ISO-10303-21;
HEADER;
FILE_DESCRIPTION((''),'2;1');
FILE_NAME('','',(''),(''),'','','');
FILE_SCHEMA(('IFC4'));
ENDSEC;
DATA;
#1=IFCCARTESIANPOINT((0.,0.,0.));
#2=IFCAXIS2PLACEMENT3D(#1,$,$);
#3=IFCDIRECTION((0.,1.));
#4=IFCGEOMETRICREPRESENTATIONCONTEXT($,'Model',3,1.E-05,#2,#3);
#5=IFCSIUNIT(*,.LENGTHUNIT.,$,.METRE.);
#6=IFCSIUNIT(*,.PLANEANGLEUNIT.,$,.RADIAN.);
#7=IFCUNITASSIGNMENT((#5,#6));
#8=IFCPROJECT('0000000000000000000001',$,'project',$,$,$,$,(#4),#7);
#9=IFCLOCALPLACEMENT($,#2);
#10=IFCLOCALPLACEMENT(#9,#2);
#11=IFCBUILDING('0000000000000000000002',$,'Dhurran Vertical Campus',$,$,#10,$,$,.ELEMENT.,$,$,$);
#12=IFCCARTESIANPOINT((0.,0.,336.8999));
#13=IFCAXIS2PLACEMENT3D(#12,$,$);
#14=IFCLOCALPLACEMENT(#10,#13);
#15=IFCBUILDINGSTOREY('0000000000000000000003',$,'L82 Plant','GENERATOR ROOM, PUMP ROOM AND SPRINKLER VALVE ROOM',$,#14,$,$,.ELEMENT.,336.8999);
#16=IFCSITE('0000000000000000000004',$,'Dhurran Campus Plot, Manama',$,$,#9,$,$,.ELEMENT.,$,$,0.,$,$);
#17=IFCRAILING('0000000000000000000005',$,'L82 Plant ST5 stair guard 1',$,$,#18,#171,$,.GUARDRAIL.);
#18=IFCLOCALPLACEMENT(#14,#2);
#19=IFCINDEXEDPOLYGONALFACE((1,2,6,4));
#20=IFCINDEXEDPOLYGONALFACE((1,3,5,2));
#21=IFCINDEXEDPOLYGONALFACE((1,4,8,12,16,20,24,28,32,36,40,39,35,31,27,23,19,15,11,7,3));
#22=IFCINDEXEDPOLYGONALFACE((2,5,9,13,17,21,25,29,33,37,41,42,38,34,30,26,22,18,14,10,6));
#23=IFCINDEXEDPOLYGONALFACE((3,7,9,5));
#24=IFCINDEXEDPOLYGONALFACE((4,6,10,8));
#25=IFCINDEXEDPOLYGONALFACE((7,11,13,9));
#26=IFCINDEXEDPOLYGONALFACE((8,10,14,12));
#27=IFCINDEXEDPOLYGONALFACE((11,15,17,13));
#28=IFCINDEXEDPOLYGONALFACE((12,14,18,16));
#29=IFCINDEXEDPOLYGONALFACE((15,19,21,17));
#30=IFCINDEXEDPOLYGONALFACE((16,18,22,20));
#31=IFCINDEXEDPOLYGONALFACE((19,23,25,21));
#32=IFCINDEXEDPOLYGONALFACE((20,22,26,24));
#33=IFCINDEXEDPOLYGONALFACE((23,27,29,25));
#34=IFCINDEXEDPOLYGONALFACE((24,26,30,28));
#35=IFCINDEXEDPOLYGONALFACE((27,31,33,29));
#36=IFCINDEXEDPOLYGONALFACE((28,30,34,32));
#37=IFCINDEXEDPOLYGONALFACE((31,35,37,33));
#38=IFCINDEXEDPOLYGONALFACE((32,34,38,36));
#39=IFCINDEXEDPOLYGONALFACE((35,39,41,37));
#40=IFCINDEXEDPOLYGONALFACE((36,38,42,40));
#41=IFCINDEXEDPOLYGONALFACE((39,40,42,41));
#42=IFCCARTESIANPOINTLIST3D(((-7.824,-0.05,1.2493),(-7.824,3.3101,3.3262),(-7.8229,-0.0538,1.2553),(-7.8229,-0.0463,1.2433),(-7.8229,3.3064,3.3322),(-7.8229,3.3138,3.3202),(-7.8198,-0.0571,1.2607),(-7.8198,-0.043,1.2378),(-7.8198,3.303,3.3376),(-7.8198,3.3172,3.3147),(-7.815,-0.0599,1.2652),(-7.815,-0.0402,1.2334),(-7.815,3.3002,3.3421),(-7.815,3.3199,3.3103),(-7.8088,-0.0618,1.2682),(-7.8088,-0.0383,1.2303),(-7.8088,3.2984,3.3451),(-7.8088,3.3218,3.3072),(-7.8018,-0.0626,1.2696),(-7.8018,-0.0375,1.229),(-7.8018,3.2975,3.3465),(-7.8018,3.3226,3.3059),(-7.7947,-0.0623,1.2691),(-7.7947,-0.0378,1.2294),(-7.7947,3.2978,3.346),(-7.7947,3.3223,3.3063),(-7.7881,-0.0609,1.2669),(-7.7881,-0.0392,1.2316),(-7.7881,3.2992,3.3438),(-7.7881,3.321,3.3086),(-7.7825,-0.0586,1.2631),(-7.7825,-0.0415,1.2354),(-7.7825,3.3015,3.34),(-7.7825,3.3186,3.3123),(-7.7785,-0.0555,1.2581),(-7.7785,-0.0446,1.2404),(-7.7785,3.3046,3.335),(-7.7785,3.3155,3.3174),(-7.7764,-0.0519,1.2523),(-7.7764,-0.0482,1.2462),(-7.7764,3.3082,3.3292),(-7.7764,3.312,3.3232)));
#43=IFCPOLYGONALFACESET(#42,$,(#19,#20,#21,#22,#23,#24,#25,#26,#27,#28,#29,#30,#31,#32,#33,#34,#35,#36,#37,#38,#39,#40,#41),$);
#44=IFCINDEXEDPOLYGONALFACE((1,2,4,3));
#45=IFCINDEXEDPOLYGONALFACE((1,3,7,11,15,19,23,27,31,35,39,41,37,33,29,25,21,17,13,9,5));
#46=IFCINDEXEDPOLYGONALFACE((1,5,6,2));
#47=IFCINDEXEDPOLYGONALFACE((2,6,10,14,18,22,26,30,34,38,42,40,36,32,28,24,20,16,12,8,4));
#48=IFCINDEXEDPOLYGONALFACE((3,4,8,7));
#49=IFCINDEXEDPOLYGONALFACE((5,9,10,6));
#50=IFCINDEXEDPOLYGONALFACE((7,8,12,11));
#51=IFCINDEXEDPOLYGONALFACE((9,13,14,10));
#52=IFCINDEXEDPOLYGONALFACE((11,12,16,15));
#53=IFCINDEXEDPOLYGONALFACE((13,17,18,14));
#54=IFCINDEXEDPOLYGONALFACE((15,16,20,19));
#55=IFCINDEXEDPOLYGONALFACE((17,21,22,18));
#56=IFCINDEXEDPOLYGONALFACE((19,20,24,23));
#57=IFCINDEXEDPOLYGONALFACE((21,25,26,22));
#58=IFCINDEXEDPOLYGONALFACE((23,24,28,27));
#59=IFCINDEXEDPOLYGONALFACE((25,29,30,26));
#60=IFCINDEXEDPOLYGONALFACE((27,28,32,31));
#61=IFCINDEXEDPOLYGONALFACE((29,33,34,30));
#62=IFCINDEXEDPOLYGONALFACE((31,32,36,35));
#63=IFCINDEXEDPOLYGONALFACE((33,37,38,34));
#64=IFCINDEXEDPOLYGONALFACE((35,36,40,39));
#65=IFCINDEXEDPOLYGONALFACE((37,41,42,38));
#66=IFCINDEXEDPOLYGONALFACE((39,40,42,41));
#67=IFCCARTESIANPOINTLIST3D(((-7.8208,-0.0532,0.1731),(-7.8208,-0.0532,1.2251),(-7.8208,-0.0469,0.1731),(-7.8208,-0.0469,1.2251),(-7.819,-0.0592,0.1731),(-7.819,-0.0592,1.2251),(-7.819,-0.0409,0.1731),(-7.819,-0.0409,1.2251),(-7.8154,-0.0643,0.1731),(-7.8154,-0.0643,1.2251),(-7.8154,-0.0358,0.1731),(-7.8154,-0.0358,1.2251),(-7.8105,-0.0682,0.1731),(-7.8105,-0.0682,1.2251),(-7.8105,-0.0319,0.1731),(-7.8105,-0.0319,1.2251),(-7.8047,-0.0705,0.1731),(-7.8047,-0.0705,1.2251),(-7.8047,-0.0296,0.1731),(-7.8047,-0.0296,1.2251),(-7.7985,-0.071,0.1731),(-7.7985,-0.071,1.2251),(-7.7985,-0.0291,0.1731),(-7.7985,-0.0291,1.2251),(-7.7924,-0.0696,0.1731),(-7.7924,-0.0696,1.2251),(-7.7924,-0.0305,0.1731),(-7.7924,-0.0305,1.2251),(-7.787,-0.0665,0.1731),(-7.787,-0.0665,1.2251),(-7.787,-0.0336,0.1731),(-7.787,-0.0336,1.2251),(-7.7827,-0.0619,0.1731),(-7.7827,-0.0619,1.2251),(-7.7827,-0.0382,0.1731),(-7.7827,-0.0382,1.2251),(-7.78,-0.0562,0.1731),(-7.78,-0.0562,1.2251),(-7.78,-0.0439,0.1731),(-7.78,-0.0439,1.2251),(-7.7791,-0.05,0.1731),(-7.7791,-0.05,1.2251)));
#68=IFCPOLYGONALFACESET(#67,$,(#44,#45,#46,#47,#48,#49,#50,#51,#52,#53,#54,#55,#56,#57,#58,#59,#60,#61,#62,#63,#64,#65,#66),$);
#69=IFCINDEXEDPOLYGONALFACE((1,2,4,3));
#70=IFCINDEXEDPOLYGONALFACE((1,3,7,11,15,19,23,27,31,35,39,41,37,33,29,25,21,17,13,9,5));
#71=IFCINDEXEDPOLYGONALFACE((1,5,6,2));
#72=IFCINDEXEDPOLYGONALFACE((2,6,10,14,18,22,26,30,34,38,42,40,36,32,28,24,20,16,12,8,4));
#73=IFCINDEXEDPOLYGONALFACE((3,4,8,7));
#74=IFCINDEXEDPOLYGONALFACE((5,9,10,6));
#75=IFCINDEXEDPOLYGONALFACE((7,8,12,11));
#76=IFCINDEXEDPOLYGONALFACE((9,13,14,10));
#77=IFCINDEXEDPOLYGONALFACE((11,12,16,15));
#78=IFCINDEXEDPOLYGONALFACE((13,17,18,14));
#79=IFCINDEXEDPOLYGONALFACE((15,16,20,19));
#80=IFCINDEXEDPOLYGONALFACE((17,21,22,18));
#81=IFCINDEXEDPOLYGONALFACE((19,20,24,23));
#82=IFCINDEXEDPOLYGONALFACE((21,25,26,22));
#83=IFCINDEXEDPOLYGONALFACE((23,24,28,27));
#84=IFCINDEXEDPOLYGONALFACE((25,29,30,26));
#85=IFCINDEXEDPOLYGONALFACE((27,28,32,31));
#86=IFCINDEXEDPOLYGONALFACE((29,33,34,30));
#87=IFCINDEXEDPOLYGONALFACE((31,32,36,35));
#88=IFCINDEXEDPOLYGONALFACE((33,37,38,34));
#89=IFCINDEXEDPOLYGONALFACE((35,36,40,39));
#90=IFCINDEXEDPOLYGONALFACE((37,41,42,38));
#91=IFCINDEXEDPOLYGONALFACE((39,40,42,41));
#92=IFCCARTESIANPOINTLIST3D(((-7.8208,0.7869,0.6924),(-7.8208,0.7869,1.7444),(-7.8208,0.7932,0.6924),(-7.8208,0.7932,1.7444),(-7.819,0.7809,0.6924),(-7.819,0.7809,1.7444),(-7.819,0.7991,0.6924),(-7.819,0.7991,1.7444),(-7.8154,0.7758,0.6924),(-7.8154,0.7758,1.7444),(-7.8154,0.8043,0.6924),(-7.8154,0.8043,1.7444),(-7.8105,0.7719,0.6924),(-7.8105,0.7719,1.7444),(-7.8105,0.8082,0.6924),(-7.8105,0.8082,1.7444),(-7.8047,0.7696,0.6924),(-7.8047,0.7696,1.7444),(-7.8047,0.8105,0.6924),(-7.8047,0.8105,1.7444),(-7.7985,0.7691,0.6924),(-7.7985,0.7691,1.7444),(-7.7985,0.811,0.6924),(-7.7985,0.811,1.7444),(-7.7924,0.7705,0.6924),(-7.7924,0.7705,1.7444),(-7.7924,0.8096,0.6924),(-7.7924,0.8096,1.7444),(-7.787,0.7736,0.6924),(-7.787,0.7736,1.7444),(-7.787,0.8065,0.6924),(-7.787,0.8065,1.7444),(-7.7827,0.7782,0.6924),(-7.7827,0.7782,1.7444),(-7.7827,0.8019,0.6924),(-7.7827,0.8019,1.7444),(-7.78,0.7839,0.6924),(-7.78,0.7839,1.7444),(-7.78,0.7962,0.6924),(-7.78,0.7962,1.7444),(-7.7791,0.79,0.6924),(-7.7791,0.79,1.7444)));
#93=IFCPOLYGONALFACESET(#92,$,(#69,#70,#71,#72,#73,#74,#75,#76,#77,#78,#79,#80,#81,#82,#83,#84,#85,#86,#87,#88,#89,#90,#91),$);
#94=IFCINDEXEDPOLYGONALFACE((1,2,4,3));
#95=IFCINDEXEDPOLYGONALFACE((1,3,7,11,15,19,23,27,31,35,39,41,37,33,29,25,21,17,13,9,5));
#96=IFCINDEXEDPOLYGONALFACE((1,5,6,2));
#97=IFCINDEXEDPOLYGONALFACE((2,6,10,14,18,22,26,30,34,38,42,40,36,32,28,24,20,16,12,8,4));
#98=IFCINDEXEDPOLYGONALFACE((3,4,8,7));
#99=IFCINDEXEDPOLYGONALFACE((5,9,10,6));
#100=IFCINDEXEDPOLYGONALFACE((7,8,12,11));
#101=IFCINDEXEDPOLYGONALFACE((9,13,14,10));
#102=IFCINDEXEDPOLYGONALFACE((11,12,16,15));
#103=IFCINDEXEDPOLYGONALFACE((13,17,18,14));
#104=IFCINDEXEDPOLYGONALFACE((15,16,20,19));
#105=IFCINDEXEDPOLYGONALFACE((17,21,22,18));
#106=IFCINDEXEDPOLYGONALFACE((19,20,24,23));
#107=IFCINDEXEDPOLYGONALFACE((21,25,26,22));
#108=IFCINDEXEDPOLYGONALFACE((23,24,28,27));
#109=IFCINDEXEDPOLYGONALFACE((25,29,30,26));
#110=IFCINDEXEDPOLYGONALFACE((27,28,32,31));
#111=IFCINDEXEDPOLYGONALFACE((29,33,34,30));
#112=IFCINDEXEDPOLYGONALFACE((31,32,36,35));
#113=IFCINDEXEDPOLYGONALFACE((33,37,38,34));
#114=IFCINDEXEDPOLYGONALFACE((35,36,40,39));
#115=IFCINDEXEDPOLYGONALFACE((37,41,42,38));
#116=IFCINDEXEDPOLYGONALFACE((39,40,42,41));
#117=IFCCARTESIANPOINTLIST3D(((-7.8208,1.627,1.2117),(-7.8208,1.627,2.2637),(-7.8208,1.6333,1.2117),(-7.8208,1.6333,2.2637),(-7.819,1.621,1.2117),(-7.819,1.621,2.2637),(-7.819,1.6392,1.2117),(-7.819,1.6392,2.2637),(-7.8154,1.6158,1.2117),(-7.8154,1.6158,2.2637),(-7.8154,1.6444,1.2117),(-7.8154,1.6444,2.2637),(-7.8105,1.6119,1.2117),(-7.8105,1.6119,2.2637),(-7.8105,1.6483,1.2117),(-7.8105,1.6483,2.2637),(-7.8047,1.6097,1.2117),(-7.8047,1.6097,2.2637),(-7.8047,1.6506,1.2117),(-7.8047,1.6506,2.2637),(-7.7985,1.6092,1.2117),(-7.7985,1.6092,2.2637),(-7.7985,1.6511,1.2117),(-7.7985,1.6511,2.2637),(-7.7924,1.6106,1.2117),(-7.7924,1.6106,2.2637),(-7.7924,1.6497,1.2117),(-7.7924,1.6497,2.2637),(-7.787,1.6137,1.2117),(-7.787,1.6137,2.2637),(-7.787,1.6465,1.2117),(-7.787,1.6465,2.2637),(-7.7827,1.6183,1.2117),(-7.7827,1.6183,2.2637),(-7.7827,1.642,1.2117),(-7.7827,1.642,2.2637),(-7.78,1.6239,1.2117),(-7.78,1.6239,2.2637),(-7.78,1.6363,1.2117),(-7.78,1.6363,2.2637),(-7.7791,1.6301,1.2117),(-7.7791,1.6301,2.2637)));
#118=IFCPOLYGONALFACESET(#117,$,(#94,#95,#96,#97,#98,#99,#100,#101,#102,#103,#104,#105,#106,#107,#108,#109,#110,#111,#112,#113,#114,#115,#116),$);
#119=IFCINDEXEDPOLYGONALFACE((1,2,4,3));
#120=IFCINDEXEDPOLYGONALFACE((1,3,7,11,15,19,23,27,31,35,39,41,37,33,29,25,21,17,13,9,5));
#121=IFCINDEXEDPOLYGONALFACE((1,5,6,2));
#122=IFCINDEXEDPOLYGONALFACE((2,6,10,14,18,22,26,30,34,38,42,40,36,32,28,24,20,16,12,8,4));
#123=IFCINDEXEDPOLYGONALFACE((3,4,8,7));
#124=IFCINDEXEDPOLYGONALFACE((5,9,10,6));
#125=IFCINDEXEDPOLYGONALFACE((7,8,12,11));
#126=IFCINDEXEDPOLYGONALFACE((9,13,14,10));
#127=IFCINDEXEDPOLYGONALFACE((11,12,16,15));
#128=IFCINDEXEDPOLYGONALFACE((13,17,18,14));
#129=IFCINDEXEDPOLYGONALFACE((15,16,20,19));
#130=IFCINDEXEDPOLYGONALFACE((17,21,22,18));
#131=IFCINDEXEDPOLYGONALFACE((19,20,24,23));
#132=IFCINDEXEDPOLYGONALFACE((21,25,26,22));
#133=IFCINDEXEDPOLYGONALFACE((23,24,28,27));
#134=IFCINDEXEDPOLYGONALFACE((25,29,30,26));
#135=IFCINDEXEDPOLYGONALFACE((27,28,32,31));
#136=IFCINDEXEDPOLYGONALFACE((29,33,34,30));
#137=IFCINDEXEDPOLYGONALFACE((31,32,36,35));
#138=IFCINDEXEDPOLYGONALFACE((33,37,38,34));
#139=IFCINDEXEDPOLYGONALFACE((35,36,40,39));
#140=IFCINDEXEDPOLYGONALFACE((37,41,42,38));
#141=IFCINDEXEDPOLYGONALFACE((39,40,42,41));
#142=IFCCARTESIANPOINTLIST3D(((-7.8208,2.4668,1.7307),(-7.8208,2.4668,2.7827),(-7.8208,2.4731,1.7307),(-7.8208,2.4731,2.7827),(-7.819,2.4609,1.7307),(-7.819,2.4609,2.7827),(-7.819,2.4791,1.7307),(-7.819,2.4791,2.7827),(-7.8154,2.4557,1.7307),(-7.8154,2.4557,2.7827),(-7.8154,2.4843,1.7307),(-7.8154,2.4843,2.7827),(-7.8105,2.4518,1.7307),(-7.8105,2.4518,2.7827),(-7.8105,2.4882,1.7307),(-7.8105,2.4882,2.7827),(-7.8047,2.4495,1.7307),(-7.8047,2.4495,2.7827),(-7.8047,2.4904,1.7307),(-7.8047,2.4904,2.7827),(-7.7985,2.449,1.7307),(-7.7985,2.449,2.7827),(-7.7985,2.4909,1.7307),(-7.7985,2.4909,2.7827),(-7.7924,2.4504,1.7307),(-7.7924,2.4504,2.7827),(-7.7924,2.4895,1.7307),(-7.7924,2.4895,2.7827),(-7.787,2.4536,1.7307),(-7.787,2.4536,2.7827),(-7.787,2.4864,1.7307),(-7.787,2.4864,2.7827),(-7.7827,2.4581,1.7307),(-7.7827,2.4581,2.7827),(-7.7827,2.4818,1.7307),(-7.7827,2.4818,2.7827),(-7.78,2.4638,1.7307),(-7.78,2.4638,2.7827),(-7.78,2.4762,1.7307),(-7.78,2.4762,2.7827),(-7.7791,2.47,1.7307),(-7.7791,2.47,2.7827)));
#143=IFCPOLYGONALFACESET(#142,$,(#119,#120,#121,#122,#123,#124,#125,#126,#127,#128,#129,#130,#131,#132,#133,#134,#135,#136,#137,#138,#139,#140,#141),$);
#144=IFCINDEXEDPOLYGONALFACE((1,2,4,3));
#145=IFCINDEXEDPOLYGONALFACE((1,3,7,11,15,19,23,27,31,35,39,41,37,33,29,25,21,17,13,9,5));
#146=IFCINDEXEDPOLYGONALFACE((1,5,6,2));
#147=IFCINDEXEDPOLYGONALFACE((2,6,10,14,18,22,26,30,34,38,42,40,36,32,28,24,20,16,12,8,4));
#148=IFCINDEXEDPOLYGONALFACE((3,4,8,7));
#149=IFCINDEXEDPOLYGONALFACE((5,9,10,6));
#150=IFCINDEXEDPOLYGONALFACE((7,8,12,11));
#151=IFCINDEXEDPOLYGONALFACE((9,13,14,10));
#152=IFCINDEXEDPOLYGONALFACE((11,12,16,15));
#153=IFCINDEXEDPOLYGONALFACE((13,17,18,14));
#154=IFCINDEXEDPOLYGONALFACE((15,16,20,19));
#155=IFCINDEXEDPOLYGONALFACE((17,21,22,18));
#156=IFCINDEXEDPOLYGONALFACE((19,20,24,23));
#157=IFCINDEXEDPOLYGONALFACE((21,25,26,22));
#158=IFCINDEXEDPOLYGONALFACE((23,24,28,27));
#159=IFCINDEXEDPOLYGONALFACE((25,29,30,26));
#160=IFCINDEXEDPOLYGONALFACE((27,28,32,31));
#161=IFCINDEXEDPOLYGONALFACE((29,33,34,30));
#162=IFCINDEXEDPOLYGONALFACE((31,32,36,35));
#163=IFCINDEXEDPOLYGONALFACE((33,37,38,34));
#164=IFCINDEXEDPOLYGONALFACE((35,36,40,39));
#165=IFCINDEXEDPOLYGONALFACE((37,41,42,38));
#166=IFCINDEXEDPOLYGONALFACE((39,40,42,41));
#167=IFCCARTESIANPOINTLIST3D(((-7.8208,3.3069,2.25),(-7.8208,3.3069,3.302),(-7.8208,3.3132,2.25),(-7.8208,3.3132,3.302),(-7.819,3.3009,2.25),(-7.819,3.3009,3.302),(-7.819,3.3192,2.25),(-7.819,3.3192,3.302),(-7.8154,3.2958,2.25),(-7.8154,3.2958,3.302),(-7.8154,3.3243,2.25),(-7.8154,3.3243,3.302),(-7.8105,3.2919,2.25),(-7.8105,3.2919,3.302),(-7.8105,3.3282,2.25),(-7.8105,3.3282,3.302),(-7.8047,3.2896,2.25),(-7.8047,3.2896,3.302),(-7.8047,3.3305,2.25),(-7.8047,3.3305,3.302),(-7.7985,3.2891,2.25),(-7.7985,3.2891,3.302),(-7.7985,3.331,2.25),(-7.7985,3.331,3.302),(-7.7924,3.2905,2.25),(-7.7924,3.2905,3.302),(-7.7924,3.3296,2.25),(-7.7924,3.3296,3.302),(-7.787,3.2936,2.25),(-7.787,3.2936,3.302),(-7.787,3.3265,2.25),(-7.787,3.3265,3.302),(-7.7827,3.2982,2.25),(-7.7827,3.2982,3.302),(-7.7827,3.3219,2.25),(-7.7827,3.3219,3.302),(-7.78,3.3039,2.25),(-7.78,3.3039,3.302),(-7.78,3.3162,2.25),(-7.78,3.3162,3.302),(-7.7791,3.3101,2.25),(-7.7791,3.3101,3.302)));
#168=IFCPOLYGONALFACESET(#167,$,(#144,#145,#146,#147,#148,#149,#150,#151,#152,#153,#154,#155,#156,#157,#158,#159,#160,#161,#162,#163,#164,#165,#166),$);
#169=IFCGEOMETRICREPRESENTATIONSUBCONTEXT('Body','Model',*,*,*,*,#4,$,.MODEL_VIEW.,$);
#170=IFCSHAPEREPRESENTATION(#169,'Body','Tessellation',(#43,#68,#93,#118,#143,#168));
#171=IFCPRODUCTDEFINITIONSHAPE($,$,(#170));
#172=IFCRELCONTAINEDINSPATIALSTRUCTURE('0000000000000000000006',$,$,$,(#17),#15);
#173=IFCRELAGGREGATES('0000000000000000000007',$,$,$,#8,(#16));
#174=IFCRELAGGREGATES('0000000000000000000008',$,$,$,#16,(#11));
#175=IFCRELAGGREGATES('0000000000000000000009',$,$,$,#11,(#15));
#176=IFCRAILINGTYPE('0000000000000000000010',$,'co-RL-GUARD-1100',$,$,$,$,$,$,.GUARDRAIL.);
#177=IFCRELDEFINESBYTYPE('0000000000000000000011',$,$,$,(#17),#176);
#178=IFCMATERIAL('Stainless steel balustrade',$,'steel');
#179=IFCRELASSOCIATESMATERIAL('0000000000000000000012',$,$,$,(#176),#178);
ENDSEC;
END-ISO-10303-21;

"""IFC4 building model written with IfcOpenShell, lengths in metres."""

from ifc_helpers import new_model, si_unit, direction, frame, origin, origin_2d, place, context, subcontext, project, spatial, circle, extrude, material, type_object, element, save


model = new_model("IFC4")

# Units and contexts
model_context = context("Model", 3, precision=1e-05, world=origin(), true_north=direction((0.0, 1.0)))
body_context = subcontext(model_context, "Body", "Model", "MODEL_VIEW")
ifc_project = project(units=[si_unit("LENGTHUNIT", "METRE"), si_unit("PLANEANGLEUNIT", "RADIAN")], contexts=[model_context])

# Site, building, storey
site_placement = place(None, origin())
site = spatial("IfcSite", under=ifc_project, at=site_placement, Name="Dhurran Campus Plot, Manama", CompositionType="ELEMENT", RefElevation=0.0)
building_placement = place(site_placement, origin())
building = spatial("IfcBuilding", under=site, at=building_placement, Name="Dhurran Vertical Campus", CompositionType="ELEMENT")
storey_placement = place(building_placement, frame((0.0, 0.0, 336.8999)))
storey = spatial("IfcBuildingStorey", under=building, at=storey_placement, Name="L82 Plant", Description="GENERATOR ROOM, PUMP ROOM AND SPRINKLER VALVE ROOM", CompositionType="ELEMENT", Elevation=336.8999)

# Railing
ifc_material_1 = material(Name="Stainless steel balustrade", Category="steel")
railing_type = type_object("IfcRailingType", Name="co-RL-GUARD-1100", PredefinedType="GUARDRAIL", material=ifc_material_1)
railing_1_placement = place(storey_placement, frame((-7.8, -0.05, 0.1731)))
element("IfcRailing", 1, at=railing_1_placement, inside=storey, type_object=railing_type, Name="L82 Plant ST5 stair guard 1", PredefinedType="GUARDRAIL", context=body_context, shape_type="SweptSolid", body=[
    extrude(circle(Radius=0.0239, at=origin_2d()), frame((0.0, 0.0, 1.0762), z_axis=(0.0, 0.850623, 0.525776), x_axis=(-1.0, 0.0, 0.0)), (0.0, 0.0, 1.0), 3.9502),
    extrude(circle(Radius=0.021, at=origin_2d()), origin(), (0.0, 0.0, 1.0), 1.052),
    extrude(circle(Radius=0.021, at=origin_2d()), frame((0.0, 0.8401, 0.5193)), (0.0, 0.0, 1.0), 1.052),
    extrude(circle(Radius=0.021, at=origin_2d()), frame((0.0, 1.6802, 1.0386)), (0.0, 0.0, 1.0), 1.052),
    extrude(circle(Radius=0.021, at=origin_2d()), frame((0.0, 2.52, 1.5576)), (0.0, 0.0, 1.0), 1.052),
    extrude(circle(Radius=0.021, at=origin_2d()), frame((0.0, 3.3601, 2.0769)), (0.0, 0.0, 1.0), 1.052),
])

save(model, "model.ifc")
